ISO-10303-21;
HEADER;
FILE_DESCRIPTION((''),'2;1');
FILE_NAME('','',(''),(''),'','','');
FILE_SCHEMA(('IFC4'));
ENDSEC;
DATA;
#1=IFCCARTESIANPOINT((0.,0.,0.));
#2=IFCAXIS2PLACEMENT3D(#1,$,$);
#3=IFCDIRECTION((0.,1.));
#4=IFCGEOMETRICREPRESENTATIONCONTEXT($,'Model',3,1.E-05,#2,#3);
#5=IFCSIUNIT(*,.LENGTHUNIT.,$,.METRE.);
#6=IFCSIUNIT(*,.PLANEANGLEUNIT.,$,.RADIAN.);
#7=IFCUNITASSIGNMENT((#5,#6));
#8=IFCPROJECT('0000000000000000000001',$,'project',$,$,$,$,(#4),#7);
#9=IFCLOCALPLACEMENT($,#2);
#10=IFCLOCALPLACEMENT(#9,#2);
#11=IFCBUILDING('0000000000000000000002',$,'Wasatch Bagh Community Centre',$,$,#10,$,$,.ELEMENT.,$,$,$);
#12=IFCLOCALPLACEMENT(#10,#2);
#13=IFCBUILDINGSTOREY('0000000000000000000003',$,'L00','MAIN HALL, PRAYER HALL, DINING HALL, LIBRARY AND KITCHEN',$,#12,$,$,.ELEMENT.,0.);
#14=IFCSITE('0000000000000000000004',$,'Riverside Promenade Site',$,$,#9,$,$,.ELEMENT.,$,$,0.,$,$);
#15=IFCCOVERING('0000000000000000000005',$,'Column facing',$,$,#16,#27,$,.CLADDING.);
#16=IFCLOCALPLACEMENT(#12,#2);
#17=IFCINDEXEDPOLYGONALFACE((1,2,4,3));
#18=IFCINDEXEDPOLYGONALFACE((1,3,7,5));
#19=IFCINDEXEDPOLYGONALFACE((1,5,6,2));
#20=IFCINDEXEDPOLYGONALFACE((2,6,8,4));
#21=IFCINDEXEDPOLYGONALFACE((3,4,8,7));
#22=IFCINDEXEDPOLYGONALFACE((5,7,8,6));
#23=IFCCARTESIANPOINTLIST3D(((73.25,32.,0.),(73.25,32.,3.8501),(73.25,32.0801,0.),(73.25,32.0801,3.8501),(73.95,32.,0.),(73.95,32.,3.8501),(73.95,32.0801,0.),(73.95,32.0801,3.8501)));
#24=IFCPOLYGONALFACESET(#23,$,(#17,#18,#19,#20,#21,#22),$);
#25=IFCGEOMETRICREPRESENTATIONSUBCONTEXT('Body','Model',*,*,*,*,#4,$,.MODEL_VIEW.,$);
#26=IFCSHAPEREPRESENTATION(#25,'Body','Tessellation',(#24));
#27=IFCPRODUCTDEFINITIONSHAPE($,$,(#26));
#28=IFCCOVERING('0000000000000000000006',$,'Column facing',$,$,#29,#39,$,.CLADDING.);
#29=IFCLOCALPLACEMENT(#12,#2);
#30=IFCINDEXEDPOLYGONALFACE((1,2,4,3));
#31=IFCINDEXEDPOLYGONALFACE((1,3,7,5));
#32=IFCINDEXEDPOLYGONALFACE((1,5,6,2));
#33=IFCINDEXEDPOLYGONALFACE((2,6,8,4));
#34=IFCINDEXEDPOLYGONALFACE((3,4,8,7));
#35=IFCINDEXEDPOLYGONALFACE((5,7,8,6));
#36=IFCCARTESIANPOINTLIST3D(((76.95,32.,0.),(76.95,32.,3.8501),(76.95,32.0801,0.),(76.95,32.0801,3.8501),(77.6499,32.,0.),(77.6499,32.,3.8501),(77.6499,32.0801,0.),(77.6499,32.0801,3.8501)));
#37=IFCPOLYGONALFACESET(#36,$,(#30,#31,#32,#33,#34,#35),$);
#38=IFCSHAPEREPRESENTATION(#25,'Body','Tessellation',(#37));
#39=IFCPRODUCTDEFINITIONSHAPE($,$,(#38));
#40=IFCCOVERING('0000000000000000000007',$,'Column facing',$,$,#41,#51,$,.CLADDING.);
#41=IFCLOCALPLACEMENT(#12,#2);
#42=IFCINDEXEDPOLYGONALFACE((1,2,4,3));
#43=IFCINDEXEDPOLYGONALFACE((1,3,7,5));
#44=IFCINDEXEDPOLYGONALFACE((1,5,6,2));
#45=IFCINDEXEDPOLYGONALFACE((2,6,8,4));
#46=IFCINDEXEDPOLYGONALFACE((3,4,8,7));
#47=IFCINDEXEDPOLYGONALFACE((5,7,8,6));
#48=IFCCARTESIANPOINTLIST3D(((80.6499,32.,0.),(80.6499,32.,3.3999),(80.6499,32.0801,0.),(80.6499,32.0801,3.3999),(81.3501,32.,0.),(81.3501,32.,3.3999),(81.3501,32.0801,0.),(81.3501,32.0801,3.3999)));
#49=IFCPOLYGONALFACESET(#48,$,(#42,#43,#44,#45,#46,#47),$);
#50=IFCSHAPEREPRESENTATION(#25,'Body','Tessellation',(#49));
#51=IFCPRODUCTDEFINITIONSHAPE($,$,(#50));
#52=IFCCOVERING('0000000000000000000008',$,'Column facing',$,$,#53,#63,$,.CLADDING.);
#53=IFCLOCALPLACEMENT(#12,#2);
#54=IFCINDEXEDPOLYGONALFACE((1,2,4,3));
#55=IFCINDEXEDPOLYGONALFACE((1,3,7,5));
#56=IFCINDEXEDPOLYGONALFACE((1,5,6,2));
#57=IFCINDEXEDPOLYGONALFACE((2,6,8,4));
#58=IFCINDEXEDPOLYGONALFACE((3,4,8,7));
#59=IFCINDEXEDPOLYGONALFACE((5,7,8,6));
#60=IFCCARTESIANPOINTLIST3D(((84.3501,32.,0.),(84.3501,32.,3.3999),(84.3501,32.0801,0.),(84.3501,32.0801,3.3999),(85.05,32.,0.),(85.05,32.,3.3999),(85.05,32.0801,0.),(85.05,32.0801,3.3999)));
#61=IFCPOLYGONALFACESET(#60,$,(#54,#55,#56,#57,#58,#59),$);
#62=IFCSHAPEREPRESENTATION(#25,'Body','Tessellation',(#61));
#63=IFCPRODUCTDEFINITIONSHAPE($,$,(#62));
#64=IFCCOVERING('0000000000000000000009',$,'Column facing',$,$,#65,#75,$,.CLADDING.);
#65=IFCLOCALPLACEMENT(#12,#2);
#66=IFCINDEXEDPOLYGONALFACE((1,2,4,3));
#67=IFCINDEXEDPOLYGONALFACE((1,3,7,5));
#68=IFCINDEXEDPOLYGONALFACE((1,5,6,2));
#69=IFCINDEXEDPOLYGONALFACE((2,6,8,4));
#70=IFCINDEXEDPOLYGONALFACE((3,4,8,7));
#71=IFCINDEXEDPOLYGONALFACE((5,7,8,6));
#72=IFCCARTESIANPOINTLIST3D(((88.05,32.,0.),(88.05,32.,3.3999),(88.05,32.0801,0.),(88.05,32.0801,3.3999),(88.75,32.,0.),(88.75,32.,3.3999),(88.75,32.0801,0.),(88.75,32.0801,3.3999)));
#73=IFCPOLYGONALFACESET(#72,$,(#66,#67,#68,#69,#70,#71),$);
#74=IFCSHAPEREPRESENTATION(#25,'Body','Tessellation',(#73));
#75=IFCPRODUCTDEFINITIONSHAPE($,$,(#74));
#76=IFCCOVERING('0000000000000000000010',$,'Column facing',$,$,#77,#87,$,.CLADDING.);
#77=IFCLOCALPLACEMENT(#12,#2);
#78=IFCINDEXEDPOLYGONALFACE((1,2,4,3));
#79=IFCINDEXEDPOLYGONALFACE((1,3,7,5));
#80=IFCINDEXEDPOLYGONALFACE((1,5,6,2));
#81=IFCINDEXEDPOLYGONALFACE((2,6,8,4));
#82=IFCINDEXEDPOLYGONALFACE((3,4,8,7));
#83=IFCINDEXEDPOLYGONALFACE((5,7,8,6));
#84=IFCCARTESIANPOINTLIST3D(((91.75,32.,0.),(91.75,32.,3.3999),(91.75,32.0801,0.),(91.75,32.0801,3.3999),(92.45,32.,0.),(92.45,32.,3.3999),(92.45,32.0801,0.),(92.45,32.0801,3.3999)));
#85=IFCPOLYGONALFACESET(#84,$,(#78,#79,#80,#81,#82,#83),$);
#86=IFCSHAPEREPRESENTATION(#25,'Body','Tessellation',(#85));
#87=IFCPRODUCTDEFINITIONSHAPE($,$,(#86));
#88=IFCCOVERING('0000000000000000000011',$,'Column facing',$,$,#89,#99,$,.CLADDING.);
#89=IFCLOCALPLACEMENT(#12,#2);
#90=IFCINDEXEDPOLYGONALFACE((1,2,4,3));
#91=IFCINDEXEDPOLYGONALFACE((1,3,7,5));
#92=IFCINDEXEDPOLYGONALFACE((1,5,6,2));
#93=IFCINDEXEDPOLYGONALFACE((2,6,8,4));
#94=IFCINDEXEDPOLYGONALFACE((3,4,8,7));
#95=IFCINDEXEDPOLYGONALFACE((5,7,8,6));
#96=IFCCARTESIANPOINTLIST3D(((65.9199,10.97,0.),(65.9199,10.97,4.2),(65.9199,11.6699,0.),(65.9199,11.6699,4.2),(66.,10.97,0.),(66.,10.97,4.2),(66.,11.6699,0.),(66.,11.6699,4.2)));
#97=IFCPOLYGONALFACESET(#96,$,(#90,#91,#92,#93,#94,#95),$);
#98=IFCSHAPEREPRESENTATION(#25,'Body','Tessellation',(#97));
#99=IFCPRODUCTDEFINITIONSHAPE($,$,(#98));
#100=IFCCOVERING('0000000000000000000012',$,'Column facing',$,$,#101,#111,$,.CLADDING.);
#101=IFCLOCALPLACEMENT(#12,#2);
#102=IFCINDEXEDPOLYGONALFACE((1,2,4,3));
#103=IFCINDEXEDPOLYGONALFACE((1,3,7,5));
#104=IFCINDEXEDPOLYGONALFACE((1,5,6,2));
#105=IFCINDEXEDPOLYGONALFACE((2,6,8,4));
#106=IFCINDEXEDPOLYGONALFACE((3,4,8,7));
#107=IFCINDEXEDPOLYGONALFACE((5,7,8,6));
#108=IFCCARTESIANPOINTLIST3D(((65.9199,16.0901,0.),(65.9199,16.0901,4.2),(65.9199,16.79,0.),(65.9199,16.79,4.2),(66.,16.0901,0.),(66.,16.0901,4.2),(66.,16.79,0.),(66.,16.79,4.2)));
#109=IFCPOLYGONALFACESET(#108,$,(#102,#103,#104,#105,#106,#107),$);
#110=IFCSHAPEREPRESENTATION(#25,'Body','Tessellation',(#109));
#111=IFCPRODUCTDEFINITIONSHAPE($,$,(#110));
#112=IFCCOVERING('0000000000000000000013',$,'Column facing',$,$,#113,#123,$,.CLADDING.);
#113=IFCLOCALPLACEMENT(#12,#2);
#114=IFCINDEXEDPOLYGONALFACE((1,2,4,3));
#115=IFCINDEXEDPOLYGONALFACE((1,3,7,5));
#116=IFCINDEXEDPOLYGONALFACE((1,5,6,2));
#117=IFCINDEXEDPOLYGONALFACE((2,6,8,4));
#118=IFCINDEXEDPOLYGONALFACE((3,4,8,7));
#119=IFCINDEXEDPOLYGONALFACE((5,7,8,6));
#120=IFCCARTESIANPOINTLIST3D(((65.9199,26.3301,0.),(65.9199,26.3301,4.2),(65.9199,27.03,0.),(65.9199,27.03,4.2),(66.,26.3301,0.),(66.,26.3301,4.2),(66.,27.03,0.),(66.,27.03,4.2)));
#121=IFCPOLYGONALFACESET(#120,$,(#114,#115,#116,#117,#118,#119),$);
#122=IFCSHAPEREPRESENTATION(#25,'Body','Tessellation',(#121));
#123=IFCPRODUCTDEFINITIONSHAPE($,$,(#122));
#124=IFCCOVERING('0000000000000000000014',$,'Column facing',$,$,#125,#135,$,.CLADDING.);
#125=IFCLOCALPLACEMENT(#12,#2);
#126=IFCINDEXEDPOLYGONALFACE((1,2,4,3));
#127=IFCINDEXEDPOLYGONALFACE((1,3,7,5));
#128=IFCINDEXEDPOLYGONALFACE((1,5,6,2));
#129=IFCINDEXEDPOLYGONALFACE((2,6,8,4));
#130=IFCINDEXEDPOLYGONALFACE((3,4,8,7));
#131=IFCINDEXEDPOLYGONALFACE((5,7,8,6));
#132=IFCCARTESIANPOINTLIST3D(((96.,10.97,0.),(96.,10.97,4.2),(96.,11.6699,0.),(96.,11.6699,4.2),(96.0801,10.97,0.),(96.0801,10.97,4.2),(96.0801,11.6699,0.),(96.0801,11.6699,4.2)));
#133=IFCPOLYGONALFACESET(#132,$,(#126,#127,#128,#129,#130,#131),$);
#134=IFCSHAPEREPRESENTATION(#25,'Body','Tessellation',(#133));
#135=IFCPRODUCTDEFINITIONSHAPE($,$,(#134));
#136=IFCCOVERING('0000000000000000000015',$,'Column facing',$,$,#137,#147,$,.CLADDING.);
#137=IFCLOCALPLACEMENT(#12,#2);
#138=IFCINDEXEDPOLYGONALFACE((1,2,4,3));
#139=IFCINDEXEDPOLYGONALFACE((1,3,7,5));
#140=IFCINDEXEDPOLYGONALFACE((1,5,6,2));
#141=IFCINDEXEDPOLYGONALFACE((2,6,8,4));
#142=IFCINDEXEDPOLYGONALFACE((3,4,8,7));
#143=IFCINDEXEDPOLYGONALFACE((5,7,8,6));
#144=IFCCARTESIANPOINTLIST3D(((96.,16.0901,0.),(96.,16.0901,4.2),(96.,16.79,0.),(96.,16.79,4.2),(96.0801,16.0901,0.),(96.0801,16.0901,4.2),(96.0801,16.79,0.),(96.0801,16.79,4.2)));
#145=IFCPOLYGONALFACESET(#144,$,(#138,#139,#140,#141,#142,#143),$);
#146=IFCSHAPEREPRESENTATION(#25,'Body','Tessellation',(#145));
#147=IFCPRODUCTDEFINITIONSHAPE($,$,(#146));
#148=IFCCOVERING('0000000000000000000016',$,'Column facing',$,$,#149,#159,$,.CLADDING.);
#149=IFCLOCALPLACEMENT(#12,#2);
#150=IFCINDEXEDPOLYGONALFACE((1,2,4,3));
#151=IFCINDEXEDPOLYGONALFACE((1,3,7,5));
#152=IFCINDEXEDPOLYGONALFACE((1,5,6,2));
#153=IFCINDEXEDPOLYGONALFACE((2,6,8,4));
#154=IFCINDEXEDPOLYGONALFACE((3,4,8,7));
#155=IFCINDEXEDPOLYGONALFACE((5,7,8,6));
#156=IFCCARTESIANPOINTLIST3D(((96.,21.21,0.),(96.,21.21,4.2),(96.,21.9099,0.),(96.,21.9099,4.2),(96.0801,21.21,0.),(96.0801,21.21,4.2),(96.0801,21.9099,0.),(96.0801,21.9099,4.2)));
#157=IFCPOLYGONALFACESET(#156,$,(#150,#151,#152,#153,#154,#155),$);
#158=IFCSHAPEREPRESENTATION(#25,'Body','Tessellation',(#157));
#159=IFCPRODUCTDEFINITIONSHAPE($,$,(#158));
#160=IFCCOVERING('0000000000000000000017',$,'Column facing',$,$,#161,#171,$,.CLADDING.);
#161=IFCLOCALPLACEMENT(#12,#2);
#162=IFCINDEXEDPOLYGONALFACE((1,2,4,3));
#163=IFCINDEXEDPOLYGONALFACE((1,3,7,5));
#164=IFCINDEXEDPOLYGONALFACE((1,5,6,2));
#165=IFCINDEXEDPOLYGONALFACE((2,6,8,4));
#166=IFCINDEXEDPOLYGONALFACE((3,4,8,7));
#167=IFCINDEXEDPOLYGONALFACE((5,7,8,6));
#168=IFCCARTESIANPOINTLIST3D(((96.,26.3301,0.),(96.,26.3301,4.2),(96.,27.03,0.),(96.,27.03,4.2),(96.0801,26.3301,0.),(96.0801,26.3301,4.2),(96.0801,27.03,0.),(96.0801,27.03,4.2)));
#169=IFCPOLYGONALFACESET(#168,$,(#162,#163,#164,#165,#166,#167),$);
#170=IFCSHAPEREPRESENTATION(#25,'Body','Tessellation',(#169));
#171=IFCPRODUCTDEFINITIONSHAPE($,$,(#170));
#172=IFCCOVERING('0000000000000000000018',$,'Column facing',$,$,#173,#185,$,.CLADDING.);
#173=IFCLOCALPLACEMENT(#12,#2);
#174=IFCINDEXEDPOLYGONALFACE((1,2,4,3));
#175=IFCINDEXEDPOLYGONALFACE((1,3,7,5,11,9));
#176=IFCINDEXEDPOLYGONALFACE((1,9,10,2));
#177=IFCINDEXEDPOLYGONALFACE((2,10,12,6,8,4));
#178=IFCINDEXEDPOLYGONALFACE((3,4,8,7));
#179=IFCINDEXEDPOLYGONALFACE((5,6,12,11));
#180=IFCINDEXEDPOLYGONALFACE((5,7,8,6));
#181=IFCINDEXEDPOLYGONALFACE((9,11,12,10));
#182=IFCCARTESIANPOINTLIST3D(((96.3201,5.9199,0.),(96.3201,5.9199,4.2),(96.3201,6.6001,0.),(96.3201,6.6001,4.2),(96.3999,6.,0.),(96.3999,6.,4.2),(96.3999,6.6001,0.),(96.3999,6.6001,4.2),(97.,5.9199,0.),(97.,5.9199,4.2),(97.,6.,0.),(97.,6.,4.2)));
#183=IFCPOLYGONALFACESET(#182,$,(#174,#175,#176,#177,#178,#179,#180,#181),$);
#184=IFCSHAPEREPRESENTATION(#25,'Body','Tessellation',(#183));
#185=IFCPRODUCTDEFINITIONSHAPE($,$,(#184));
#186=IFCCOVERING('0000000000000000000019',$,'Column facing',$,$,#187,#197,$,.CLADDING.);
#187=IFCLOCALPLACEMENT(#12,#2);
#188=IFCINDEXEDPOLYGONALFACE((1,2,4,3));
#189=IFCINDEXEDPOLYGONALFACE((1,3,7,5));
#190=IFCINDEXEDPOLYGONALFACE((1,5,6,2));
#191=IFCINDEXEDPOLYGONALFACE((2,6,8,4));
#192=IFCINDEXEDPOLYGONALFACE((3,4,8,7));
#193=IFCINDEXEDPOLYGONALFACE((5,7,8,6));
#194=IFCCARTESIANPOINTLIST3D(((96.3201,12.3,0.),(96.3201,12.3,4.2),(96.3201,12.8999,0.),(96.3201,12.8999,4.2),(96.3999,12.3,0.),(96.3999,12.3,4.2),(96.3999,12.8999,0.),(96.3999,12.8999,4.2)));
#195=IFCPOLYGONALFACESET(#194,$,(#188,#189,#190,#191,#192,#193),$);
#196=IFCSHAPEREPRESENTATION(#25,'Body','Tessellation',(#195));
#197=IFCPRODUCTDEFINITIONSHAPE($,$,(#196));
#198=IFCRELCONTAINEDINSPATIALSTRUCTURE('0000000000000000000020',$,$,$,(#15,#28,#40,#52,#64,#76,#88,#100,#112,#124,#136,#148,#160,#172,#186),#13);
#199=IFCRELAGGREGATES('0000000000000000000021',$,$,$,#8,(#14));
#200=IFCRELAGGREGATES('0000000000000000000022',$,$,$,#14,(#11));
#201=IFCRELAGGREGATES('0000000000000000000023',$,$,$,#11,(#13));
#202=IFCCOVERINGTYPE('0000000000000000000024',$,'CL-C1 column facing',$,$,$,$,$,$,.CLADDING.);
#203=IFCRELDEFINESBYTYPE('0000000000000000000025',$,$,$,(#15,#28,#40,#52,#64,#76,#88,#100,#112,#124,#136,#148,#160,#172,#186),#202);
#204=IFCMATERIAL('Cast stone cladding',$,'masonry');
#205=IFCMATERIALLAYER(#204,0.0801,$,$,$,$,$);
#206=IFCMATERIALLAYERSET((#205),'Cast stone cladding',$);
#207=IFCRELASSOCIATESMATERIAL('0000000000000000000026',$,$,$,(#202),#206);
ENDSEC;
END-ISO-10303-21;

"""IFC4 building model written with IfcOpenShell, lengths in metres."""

from ifc_helpers import new_model, si_unit, direction, origin, place, context, subcontext, project, spatial, polyline, outline, extrude, material, layer, layer_set, type_object, element, save


model = new_model("IFC4")

# Units and contexts
model_context = context("Model", 3, precision=1e-05, world=origin(), true_north=direction((0.0, 1.0)))
body_context = subcontext(model_context, "Body", "Model", "MODEL_VIEW")
ifc_project = project(units=[si_unit("LENGTHUNIT", "METRE"), si_unit("PLANEANGLEUNIT", "RADIAN")], contexts=[model_context])

# Site, building, storey
site_placement = place(None, origin())
site = spatial("IfcSite", under=ifc_project, at=site_placement, Name="Riverside Promenade Site", CompositionType="ELEMENT", RefElevation=0.0)
building_placement = place(site_placement, origin())
building = spatial("IfcBuilding", under=site, at=building_placement, Name="Wasatch Bagh Community Centre", CompositionType="ELEMENT")
storey_placement = place(building_placement, origin())
storey = spatial("IfcBuildingStorey", under=building, at=storey_placement, Name="L00", Description="MAIN HALL, PRAYER HALL, DINING HALL, LIBRARY AND KITCHEN", CompositionType="ELEMENT", Elevation=0.0)

# Coverings
ifc_material = material(Name="Cast stone cladding", Category="masonry")
ifc_layer = layer(ifc_material, 0.0801)
ifc_layer_set = layer_set([ifc_layer], Name="Cast stone cladding")
covering_type = type_object("IfcCoveringType", Name="CL-C1 column facing", PredefinedType="CLADDING", material=ifc_layer_set)
covering_1_placement = place(storey_placement, origin())
element("IfcCovering", 1, at=covering_1_placement, inside=storey, type_object=covering_type, Name="Column facing", PredefinedType="CLADDING", context=body_context, shape_type="SweptSolid", body=[
    extrude(outline(polyline([(73.95, 32.0), (73.25, 32.0), (73.25, 32.0801), (73.95, 32.0801), (73.95, 32.0)])), origin(), (0.0, 0.0, 1.0), 3.8501),
])
covering_2_placement = place(storey_placement, origin())
element("IfcCovering", 2, at=covering_2_placement, inside=storey, type_object=covering_type, Name="Column facing", PredefinedType="CLADDING", context=body_context, shape_type="SweptSolid", body=[
    extrude(outline(polyline([(77.6499, 32.0), (76.95, 32.0), (76.95, 32.0801), (77.6499, 32.0801), (77.6499, 32.0)])), origin(), (0.0, 0.0, 1.0), 3.8501),
])
covering_3_placement = place(storey_placement, origin())
element("IfcCovering", 3, at=covering_3_placement, inside=storey, type_object=covering_type, Name="Column facing", PredefinedType="CLADDING", context=body_context, shape_type="SweptSolid", body=[
    extrude(outline(polyline([(81.3501, 32.0), (80.6499, 32.0), (80.6499, 32.0801), (81.3501, 32.0801), (81.3501, 32.0)])), origin(), (0.0, 0.0, 1.0), 3.3999),
])
covering_4_placement = place(storey_placement, origin())
element("IfcCovering", 4, at=covering_4_placement, inside=storey, type_object=covering_type, Name="Column facing", PredefinedType="CLADDING", context=body_context, shape_type="SweptSolid", body=[
    extrude(outline(polyline([(85.05, 32.0), (84.3501, 32.0), (84.3501, 32.0801), (85.05, 32.0801), (85.05, 32.0)])), origin(), (0.0, 0.0, 1.0), 3.3999),
])
covering_5_placement = place(storey_placement, origin())
element("IfcCovering", 5, at=covering_5_placement, inside=storey, type_object=covering_type, Name="Column facing", PredefinedType="CLADDING", context=body_context, shape_type="SweptSolid", body=[
    extrude(outline(polyline([(88.75, 32.0), (88.05, 32.0), (88.05, 32.0801), (88.75, 32.0801), (88.75, 32.0)])), origin(), (0.0, 0.0, 1.0), 3.3999),
])
covering_6_placement = place(storey_placement, origin())
element("IfcCovering", 6, at=covering_6_placement, inside=storey, type_object=covering_type, Name="Column facing", PredefinedType="CLADDING", context=body_context, shape_type="SweptSolid", body=[
    extrude(outline(polyline([(92.45, 32.0), (91.75, 32.0), (91.75, 32.0801), (92.45, 32.0801), (92.45, 32.0)])), origin(), (0.0, 0.0, 1.0), 3.3999),
])
covering_7_placement = place(storey_placement, origin())
element("IfcCovering", 7, at=covering_7_placement, inside=storey, type_object=covering_type, Name="Column facing", PredefinedType="CLADDING", context=body_context, shape_type="SweptSolid", body=[
    extrude(outline(polyline([(66.0, 11.6699), (66.0, 10.97), (65.9199, 10.97), (65.9199, 11.6699), (66.0, 11.6699)])), origin(), (0.0, 0.0, 1.0), 4.2),
])
covering_8_placement = place(storey_placement, origin())
element("IfcCovering", 8, at=covering_8_placement, inside=storey, type_object=covering_type, Name="Column facing", PredefinedType="CLADDING", context=body_context, shape_type="SweptSolid", body=[
    extrude(outline(polyline([(66.0, 16.79), (66.0, 16.0901), (65.9199, 16.0901), (65.9199, 16.79), (66.0, 16.79)])), origin(), (0.0, 0.0, 1.0), 4.2),
])
covering_9_placement = place(storey_placement, origin())
element("IfcCovering", 9, at=covering_9_placement, inside=storey, type_object=covering_type, Name="Column facing", PredefinedType="CLADDING", context=body_context, shape_type="SweptSolid", body=[
    extrude(outline(polyline([(66.0, 27.03), (66.0, 26.3301), (65.9199, 26.3301), (65.9199, 27.03), (66.0, 27.03)])), origin(), (0.0, 0.0, 1.0), 4.2),
])
covering_10_placement = place(storey_placement, origin())
element("IfcCovering", 10, at=covering_10_placement, inside=storey, type_object=covering_type, Name="Column facing", PredefinedType="CLADDING", context=body_context, shape_type="SweptSolid", body=[
    extrude(outline(polyline([(96.0, 10.97), (96.0, 11.6699), (96.0801, 11.6699), (96.0801, 10.97), (96.0, 10.97)])), origin(), (0.0, 0.0, 1.0), 4.2),
])
covering_11_placement = place(storey_placement, origin())
element("IfcCovering", 11, at=covering_11_placement, inside=storey, type_object=covering_type, Name="Column facing", PredefinedType="CLADDING", context=body_context, shape_type="SweptSolid", body=[
    extrude(outline(polyline([(96.0, 16.0901), (96.0, 16.79), (96.0801, 16.79), (96.0801, 16.0901), (96.0, 16.0901)])), origin(), (0.0, 0.0, 1.0), 4.2),
])
covering_12_placement = place(storey_placement, origin())
element("IfcCovering", 12, at=covering_12_placement, inside=storey, type_object=covering_type, Name="Column facing", PredefinedType="CLADDING", context=body_context, shape_type="SweptSolid", body=[
    extrude(outline(polyline([(96.0, 21.21), (96.0, 21.9099), (96.0801, 21.9099), (96.0801, 21.21), (96.0, 21.21)])), origin(), (0.0, 0.0, 1.0), 4.2),
])
covering_13_placement = place(storey_placement, origin())
element("IfcCovering", 13, at=covering_13_placement, inside=storey, type_object=covering_type, Name="Column facing", PredefinedType="CLADDING", context=body_context, shape_type="SweptSolid", body=[
    extrude(outline(polyline([(96.0, 26.3301), (96.0, 27.03), (96.0801, 27.03), (96.0801, 26.3301), (96.0, 26.3301)])), origin(), (0.0, 0.0, 1.0), 4.2),
])
covering_14_placement = place(storey_placement, origin())
element("IfcCovering", 14, at=covering_14_placement, inside=storey, type_object=covering_type, Name="Column facing", PredefinedType="CLADDING", context=body_context, shape_type="SweptSolid", body=[
    extrude(outline(polyline([(96.3201, 5.9199), (96.3201, 6.6001), (96.3999, 6.6001), (96.3999, 6.0), (97.0, 6.0), (97.0, 5.9199), (96.3201, 5.9199)])), origin(), (0.0, 0.0, 1.0), 4.2),
])
covering_15_placement = place(storey_placement, origin())
element("IfcCovering", 15, at=covering_15_placement, inside=storey, type_object=covering_type, Name="Column facing", PredefinedType="CLADDING", context=body_context, shape_type="SweptSolid", body=[
    extrude(outline(polyline([(96.3999, 12.8999), (96.3999, 12.3), (96.3201, 12.3), (96.3201, 12.8999), (96.3999, 12.8999)])), origin(), (0.0, 0.0, 1.0), 4.2),
])

save(model, "model.ifc")
